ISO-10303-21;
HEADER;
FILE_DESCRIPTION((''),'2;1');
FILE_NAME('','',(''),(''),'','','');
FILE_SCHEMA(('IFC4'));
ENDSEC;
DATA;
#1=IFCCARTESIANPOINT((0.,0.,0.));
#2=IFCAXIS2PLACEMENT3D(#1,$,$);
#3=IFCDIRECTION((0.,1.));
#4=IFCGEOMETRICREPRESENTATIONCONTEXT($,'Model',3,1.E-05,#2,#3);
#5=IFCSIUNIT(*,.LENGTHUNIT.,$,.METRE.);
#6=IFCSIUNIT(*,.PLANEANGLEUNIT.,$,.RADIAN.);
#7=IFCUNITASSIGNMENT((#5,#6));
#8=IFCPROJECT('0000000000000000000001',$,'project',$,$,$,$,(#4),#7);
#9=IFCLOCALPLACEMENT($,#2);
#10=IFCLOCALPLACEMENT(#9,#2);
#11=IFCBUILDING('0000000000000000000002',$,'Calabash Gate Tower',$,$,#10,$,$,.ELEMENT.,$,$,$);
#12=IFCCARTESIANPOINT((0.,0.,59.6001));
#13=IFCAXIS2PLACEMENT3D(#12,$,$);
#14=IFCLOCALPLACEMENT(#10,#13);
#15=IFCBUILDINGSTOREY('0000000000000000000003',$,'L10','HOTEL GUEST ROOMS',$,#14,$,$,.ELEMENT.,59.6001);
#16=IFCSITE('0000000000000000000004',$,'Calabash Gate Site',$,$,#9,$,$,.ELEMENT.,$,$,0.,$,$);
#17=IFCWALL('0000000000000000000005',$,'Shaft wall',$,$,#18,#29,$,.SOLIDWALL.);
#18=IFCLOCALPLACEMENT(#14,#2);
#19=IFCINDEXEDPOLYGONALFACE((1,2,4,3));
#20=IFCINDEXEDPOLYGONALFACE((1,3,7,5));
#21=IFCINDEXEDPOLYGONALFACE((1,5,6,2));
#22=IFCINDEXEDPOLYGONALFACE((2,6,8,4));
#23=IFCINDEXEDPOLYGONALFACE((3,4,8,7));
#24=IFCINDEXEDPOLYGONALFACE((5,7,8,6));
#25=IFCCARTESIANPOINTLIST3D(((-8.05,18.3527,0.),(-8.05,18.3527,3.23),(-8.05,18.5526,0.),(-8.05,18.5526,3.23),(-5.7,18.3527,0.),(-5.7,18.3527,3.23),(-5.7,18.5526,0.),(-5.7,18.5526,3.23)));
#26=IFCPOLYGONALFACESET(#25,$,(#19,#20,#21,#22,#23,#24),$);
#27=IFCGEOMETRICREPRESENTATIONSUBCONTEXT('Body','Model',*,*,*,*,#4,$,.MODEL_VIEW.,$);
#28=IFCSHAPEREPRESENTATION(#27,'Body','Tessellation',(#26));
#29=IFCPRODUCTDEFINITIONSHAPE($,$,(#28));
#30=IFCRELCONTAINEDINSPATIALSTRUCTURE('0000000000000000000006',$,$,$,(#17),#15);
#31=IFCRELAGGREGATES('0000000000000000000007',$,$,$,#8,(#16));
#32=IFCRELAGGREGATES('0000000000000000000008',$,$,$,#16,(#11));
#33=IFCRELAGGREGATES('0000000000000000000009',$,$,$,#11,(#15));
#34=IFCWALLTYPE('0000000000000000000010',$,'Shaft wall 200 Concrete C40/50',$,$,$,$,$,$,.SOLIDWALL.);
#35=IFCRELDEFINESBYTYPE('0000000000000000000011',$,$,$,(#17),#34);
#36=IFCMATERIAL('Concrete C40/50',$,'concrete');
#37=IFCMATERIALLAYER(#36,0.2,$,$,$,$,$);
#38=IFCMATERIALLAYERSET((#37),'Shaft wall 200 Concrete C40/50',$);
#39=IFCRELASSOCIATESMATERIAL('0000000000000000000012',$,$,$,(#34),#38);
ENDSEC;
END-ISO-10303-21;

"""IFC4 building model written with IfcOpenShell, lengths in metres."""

from ifc_helpers import new_model, si_unit, direction, frame, frame_2d, origin, place, context, subcontext, project, spatial, rectangle, extrude, material, layer, layer_set, type_object, element, save


model = new_model("IFC4")

# Units and contexts
model_context = context("Model", 3, precision=1e-05, world=origin(), true_north=direction((0.0, 1.0)))
body_context = subcontext(model_context, "Body", "Model", "MODEL_VIEW")
ifc_project = project(units=[si_unit("LENGTHUNIT", "METRE"), si_unit("PLANEANGLEUNIT", "RADIAN")], contexts=[model_context])

# Site, building, storey
site_placement = place(None, origin())
site = spatial("IfcSite", under=ifc_project, at=site_placement, Name="Calabash Gate Site", CompositionType="ELEMENT", RefElevation=0.0)
building_placement = place(site_placement, origin())
building = spatial("IfcBuilding", under=site, at=building_placement, Name="Calabash Gate Tower", CompositionType="ELEMENT")
storey_placement = place(building_placement, frame((0.0, 0.0, 59.6001)))
storey = spatial("IfcBuildingStorey", under=building, at=storey_placement, Name="L10", Description="HOTEL GUEST ROOMS", CompositionType="ELEMENT", Elevation=59.6001)

# Shared definitions
ifc_material_1 = material(Name="Concrete C40/50", Category="concrete")
ifc_layer_1 = layer(ifc_material_1, 0.2)
ifc_layer_set_1 = layer_set([ifc_layer_1], Name="Shaft wall 200 Concrete C40/50")
wall_type_1 = type_object("IfcWallType", Name="Shaft wall 200 Concrete C40/50", PredefinedType="SOLIDWALL", material=ifc_layer_set_1)

# Wall
wall_1_placement = place(storey_placement, frame((-8.05, 18.4526, 0.0), z_axis=(0.0, 0.0, 1.0), x_axis=(1.0, 0.0, 0.0)))
element("IfcWall", 1, at=wall_1_placement, inside=storey, type_object=wall_type_1, Name="Shaft wall", PredefinedType="SOLIDWALL", context=body_context, shape_type="SweptSolid", body=[
    extrude(rectangle(XDim=2.3501, YDim=0.2, at=frame_2d((1.175, 0.0))), origin(), (0.0, 0.0, 1.0), 3.23),
])

save(model, "model.ifc")
